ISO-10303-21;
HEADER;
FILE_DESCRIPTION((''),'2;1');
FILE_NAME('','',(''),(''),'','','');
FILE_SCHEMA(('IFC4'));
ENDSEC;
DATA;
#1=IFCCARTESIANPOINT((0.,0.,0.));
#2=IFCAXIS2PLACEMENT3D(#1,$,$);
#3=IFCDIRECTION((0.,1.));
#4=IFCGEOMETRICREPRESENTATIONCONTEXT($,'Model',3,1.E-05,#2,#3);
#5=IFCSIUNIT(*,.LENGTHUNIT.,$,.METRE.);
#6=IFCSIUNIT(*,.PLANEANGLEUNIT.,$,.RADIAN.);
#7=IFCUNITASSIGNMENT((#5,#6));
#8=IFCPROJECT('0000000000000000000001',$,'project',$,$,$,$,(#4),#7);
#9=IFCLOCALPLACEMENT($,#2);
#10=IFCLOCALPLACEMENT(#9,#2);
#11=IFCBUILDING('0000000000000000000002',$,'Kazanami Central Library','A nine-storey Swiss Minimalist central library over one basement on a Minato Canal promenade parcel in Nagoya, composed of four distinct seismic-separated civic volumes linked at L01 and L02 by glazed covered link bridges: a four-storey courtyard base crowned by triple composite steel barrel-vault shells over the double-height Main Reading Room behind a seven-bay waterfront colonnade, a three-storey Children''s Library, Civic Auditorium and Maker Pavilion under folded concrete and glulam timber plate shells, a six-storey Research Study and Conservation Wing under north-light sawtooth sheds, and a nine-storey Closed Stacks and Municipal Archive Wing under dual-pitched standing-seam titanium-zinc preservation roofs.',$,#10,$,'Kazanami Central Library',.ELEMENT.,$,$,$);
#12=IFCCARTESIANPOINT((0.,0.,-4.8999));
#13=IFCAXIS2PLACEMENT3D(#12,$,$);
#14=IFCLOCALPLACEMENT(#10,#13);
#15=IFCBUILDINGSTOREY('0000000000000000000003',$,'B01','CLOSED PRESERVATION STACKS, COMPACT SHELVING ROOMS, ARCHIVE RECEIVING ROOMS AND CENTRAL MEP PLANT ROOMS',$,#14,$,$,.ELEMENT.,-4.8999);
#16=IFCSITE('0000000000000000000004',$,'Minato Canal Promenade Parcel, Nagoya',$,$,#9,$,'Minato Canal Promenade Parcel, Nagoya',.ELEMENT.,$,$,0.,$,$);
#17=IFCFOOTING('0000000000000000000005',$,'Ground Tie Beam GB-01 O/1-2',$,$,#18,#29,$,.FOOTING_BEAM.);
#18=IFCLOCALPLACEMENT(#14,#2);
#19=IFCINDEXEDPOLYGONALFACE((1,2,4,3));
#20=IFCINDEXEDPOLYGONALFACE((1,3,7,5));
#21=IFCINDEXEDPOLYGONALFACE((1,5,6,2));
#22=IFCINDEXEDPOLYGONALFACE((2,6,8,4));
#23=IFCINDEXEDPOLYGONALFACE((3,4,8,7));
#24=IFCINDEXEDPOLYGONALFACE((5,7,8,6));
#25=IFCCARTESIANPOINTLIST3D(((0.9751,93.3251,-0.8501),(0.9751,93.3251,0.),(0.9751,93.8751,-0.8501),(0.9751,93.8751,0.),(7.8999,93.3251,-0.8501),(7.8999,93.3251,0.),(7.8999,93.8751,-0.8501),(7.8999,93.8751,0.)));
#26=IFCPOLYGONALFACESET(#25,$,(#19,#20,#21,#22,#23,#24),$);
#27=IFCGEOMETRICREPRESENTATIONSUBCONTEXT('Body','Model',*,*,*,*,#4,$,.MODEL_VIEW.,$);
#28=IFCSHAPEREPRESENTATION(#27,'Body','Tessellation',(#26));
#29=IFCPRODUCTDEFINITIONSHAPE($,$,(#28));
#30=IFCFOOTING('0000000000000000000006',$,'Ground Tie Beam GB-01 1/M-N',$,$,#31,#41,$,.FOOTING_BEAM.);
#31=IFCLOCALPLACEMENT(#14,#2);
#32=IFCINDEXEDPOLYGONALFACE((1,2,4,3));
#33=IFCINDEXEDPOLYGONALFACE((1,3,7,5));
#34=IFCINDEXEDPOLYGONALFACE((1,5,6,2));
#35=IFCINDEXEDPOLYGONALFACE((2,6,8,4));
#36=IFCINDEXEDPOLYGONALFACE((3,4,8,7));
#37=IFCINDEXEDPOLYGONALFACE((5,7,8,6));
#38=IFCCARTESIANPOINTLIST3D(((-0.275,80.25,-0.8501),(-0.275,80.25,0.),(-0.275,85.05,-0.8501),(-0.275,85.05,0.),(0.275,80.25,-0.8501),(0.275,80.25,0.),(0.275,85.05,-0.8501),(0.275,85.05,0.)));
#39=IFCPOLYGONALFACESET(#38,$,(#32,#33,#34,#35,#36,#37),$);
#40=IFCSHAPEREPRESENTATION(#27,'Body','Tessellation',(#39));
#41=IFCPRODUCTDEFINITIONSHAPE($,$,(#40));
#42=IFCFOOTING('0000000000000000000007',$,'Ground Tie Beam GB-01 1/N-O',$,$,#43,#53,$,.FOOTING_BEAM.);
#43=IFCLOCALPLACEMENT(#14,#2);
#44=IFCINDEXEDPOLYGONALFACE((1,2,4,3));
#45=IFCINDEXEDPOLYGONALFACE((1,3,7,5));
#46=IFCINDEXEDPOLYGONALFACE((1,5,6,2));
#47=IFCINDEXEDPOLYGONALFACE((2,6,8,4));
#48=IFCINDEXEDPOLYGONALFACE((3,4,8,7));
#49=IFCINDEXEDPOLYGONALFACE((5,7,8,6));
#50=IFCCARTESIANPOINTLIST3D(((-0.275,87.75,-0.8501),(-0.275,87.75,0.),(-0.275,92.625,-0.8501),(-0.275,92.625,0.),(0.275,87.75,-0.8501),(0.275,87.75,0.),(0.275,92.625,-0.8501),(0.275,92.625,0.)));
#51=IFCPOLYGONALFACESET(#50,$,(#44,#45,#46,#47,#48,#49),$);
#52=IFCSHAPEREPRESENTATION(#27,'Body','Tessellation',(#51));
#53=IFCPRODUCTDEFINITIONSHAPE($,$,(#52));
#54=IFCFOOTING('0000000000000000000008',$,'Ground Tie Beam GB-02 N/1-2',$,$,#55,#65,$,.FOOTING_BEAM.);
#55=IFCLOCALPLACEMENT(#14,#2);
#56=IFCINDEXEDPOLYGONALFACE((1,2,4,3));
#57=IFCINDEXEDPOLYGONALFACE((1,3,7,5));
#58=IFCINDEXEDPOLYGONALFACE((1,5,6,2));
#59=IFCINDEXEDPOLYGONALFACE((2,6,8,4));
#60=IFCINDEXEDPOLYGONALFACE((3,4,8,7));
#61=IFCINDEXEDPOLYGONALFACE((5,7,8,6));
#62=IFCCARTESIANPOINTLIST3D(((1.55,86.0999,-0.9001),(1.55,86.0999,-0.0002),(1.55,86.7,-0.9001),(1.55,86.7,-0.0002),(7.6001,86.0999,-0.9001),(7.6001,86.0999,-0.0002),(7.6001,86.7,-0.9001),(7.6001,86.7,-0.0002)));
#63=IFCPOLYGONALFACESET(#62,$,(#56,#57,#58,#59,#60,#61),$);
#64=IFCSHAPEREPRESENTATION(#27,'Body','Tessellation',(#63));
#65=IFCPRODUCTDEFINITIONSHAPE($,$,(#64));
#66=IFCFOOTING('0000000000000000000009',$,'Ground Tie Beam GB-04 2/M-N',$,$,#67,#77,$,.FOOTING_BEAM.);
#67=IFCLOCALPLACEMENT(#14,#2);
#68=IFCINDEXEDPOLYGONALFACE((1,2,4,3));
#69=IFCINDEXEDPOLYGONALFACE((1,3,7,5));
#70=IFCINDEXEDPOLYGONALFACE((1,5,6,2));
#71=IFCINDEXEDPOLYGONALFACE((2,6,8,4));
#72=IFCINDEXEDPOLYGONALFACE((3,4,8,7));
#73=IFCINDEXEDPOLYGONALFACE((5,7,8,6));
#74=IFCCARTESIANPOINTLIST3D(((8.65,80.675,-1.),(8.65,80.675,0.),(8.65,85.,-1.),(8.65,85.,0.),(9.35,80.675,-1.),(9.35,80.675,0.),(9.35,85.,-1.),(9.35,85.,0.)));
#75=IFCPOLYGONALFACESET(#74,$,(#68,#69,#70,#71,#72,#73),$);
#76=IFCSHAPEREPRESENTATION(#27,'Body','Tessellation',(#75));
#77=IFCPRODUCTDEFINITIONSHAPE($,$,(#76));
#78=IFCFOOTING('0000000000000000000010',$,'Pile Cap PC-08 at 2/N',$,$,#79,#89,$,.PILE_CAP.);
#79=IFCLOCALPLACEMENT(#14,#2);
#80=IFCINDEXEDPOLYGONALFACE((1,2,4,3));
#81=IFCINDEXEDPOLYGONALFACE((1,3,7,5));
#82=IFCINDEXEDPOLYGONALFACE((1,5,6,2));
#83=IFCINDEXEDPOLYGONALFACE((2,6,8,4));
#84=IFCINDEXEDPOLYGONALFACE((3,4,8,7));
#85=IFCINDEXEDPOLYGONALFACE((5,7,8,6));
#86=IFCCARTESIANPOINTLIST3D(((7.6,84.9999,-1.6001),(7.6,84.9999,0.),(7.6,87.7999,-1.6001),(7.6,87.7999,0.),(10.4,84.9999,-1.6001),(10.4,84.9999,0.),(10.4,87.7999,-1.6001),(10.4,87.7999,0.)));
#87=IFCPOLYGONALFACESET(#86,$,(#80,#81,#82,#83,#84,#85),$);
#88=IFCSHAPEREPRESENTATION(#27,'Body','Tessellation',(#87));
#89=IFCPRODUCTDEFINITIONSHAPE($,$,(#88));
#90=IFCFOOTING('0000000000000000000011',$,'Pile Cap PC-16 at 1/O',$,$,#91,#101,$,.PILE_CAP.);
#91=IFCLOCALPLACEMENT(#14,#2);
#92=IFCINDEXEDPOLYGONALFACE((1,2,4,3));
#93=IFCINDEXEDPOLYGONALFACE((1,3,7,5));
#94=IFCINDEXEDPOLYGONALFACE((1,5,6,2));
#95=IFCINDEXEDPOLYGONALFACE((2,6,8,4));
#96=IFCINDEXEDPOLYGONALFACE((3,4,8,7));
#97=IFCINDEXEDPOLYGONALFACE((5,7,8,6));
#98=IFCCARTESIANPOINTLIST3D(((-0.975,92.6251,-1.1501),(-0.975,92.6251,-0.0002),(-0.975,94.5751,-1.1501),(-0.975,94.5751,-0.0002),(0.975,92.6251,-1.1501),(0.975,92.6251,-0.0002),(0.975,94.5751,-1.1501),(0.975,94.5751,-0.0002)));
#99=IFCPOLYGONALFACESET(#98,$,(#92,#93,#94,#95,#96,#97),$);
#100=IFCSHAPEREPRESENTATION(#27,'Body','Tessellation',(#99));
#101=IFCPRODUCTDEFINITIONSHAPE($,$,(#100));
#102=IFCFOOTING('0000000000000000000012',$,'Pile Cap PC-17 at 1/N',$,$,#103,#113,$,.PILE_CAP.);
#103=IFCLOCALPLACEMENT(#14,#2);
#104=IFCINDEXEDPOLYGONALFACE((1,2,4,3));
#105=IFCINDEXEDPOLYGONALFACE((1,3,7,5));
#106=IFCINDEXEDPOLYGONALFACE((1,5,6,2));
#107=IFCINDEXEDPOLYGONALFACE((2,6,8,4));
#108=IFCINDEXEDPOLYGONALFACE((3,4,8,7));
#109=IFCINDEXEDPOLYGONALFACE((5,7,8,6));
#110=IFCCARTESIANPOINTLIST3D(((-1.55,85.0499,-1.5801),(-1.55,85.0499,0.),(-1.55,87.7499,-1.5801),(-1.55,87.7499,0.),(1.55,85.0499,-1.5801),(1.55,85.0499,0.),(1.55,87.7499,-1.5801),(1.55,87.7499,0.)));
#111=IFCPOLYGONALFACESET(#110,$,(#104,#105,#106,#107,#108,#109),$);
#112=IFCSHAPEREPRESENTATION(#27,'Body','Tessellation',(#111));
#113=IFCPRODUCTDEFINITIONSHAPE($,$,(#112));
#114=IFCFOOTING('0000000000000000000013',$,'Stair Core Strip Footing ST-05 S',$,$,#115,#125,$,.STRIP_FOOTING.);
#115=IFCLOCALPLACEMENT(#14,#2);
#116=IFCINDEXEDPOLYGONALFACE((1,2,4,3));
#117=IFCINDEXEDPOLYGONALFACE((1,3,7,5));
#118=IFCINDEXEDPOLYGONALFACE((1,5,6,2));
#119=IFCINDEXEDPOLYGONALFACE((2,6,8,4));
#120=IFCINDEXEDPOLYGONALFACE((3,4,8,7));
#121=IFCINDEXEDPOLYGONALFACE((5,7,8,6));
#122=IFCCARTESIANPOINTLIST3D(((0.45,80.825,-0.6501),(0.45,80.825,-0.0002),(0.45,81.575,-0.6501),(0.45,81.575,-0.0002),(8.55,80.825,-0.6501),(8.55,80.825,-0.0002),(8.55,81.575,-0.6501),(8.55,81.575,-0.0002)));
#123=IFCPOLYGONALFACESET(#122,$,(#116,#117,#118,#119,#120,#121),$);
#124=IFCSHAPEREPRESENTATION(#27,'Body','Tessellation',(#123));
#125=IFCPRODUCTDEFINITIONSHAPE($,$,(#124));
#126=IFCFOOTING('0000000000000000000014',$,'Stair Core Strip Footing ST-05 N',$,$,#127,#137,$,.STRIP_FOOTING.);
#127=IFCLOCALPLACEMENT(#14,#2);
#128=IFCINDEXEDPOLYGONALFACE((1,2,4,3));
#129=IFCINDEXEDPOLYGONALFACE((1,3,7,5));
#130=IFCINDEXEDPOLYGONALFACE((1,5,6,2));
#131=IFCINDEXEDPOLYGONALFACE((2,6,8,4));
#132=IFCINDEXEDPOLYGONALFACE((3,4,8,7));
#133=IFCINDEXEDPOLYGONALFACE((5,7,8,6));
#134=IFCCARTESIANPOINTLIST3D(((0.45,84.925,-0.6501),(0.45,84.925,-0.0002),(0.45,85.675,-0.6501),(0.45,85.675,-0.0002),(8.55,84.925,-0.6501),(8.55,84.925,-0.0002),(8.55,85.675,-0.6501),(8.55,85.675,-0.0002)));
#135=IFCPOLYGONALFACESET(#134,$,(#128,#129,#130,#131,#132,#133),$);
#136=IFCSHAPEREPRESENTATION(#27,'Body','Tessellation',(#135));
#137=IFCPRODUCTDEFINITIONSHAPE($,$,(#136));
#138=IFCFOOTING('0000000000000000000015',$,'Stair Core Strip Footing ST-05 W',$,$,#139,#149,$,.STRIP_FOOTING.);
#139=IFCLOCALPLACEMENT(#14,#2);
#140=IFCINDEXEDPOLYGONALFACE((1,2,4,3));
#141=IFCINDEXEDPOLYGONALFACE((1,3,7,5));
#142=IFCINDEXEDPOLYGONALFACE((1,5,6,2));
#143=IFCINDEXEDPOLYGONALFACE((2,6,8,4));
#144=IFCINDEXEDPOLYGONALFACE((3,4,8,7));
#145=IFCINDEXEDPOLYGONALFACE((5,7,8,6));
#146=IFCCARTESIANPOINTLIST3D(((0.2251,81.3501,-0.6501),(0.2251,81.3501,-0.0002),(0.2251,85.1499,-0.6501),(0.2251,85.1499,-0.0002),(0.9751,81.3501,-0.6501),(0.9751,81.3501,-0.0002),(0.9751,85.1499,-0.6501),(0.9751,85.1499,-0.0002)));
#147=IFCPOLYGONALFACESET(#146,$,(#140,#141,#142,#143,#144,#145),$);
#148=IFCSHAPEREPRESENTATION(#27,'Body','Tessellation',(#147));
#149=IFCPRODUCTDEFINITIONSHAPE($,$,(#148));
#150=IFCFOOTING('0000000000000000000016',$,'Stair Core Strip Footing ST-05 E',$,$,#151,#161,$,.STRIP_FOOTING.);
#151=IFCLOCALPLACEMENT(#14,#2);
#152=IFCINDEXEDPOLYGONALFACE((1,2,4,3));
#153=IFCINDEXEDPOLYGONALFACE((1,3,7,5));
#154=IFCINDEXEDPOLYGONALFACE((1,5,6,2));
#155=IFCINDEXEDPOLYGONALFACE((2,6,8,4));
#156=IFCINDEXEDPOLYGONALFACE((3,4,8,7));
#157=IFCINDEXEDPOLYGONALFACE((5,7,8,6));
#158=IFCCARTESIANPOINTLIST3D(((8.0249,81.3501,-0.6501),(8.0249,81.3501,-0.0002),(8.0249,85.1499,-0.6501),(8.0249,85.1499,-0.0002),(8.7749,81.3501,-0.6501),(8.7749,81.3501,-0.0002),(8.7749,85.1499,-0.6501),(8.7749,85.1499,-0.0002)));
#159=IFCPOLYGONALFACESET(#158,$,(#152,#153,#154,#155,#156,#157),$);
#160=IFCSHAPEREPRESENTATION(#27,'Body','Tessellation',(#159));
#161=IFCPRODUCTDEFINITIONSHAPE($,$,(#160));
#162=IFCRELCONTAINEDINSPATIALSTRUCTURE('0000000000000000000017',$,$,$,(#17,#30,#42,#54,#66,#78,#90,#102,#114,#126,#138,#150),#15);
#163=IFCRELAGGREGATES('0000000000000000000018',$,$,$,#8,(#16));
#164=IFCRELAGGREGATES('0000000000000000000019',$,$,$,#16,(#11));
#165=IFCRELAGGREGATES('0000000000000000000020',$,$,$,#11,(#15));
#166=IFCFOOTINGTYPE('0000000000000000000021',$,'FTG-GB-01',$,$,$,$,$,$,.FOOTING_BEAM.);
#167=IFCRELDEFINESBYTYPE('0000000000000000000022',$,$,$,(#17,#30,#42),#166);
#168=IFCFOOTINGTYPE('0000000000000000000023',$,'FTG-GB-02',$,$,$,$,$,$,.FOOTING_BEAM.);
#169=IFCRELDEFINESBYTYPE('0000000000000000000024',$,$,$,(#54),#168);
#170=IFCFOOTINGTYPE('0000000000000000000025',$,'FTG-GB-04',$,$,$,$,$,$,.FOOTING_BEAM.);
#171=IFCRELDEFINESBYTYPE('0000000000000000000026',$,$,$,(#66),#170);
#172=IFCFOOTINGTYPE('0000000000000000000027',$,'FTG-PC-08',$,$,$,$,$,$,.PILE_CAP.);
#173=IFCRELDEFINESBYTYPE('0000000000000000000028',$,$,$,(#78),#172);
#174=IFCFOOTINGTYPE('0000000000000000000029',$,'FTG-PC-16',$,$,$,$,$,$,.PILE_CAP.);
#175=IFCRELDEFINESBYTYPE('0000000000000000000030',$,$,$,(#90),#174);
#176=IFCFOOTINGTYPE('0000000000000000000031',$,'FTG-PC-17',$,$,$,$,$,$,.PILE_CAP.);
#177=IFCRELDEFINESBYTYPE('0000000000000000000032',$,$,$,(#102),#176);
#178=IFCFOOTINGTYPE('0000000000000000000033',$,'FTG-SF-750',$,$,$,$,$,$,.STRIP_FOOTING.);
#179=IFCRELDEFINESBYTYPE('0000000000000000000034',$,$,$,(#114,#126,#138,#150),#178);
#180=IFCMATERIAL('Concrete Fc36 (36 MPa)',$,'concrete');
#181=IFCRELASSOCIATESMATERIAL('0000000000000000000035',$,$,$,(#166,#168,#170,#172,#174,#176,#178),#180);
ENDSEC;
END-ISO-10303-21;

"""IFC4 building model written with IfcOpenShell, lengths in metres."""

from ifc_helpers import new_model, si_unit, direction, frame, origin, origin_2d, place, context, subcontext, project, spatial, rectangle, extrude, material, material_profile, profile_set, type_object, element, save


model = new_model("IFC4")

# Units and contexts
model_context = context("Model", 3, precision=1e-05, world=origin(), true_north=direction((0.0, 1.0)))
body_context = subcontext(model_context, "Body", "Model", "MODEL_VIEW")
ifc_project = project(units=[si_unit("LENGTHUNIT", "METRE"), si_unit("PLANEANGLEUNIT", "RADIAN")], contexts=[model_context])

# Site, building, storey
site_placement = place(None, origin())
site = spatial("IfcSite", under=ifc_project, at=site_placement, Name="Minato Canal Promenade Parcel, Nagoya", LongName="Minato Canal Promenade Parcel, Nagoya", CompositionType="ELEMENT", RefElevation=0.0)
building_placement = place(site_placement, origin())
building = spatial("IfcBuilding", under=site, at=building_placement, Name="Kazanami Central Library", Description="A nine-storey Swiss Minimalist central library over one basement on a Minato Canal promenade parcel in Nagoya, composed of four distinct seismic-separated civic volumes linked at L01 and L02 by glazed covered link bridges: a four-storey courtyard base crowned by triple composite steel barrel-vault shells over the double-height Main Reading Room behind a seven-bay waterfront colonnade, a three-storey Children's Library, Civic Auditorium and Maker Pavilion under folded concrete and glulam timber plate shells, a six-storey Research Study and Conservation Wing under north-light sawtooth sheds, and a nine-storey Closed Stacks and Municipal Archive Wing under dual-pitched standing-seam titanium-zinc preservation roofs.", LongName="Kazanami Central Library", CompositionType="ELEMENT")
storey_placement = place(building_placement, frame((0.0, 0.0, -4.8999)))
storey = spatial("IfcBuildingStorey", under=building, at=storey_placement, Name="B01", Description="CLOSED PRESERVATION STACKS, COMPACT SHELVING ROOMS, ARCHIVE RECEIVING ROOMS AND CENTRAL MEP PLANT ROOMS", CompositionType="ELEMENT", Elevation=-4.8999)

# Footings
ifc_material_1 = material(Name="Concrete Fc36 (36 MPa)", Category="concrete")
ifc_material_profile_1 = material_profile(ifc_material_1, rectangle(XDim=0.55, YDim=0.8501, at=origin_2d()), Name="RC-550x850")
ifc_profile_set_1 = profile_set([ifc_material_profile_1], Name="Concrete Fc36 (36 MPa)")
footing_type_1 = type_object("IfcFootingType", Name="FTG-GB-01", PredefinedType="FOOTING_BEAM", material=ifc_profile_set_1)
footing_1_placement = place(storey_placement, frame((0.9751, 93.6001, -0.425), z_axis=(1.0, 0.0, 0.0), x_axis=(0.0, 1.0, 0.0)))
element("IfcFooting", 1, at=footing_1_placement, inside=storey, type_object=footing_type_1, Name="Ground Tie Beam GB-01 O/1-2", PredefinedType="FOOTING_BEAM", context=body_context, shape_type="SweptSolid", body=[
    extrude(rectangle(XDim=0.55, YDim=0.8501, at=origin_2d()), origin(), (0.0, 0.0, 1.0), 6.9248),
])
footing_2_placement = place(storey_placement, frame((0.0, 80.25, -0.425), z_axis=(0.0, 1.0, 0.0), x_axis=(-1.0, 0.0, 0.0)))
element("IfcFooting", 2, at=footing_2_placement, inside=storey, type_object=footing_type_1, Name="Ground Tie Beam GB-01 1/M-N", PredefinedType="FOOTING_BEAM", context=body_context, shape_type="SweptSolid", body=[
    extrude(rectangle(XDim=0.55, YDim=0.8501, at=origin_2d()), origin(), (0.0, 0.0, 1.0), 4.8),
])
footing_3_placement = place(storey_placement, frame((0.0, 87.75, -0.425), z_axis=(0.0, 1.0, 0.0), x_axis=(-1.0, 0.0, 0.0)))
element("IfcFooting", 3, at=footing_3_placement, inside=storey, type_object=footing_type_1, Name="Ground Tie Beam GB-01 1/N-O", PredefinedType="FOOTING_BEAM", context=body_context, shape_type="SweptSolid", body=[
    extrude(rectangle(XDim=0.55, YDim=0.8501, at=origin_2d()), origin(), (0.0, 0.0, 1.0), 4.875),
])
ifc_material_profile_2 = material_profile(ifc_material_1, rectangle(XDim=0.6001, YDim=0.8999, at=origin_2d()), Name="RC-600x900")
ifc_profile_set_2 = profile_set([ifc_material_profile_2], Name="Concrete Fc36 (36 MPa)")
footing_type_2 = type_object("IfcFootingType", Name="FTG-GB-02", PredefinedType="FOOTING_BEAM", material=ifc_profile_set_2)
footing_4_placement = place(storey_placement, frame((1.55, 86.3999, -0.4502), z_axis=(1.0, 0.0, 0.0), x_axis=(0.0, 1.0, 0.0)))
element("IfcFooting", 4, at=footing_4_placement, inside=storey, type_object=footing_type_2, Name="Ground Tie Beam GB-02 N/1-2", PredefinedType="FOOTING_BEAM", context=body_context, shape_type="SweptSolid", body=[
    extrude(rectangle(XDim=0.6001, YDim=0.8999, at=origin_2d()), origin(), (0.0, 0.0, 1.0), 6.05),
])
ifc_material_profile_3 = material_profile(ifc_material_1, rectangle(XDim=0.7, YDim=1.0, at=origin_2d()), Name="RC-700x1000")
ifc_profile_set_3 = profile_set([ifc_material_profile_3], Name="Concrete Fc36 (36 MPa)")
footing_type_3 = type_object("IfcFootingType", Name="FTG-GB-04", PredefinedType="FOOTING_BEAM", material=ifc_profile_set_3)
footing_5_placement = place(storey_placement, frame((9.0, 80.675, -0.5), z_axis=(0.0, 1.0, 0.0), x_axis=(-1.0, 0.0, 0.0)))
element("IfcFooting", 5, at=footing_5_placement, inside=storey, type_object=footing_type_3, Name="Ground Tie Beam GB-04 2/M-N", PredefinedType="FOOTING_BEAM", context=body_context, shape_type="SweptSolid", body=[
    extrude(rectangle(XDim=0.7, YDim=1.0, at=origin_2d()), origin(), (0.0, 0.0, 1.0), 4.325),
])
footing_type_4 = type_object("IfcFootingType", Name="FTG-PC-08", PredefinedType="PILE_CAP", material=ifc_material_1)
footing_6_placement = place(storey_placement, frame((9.0, 86.3999, -1.6001), z_axis=(0.0, 0.0, 1.0), x_axis=(1.0, 0.0, 0.0)))
element("IfcFooting", 6, at=footing_6_placement, inside=storey, type_object=footing_type_4, Name="Pile Cap PC-08 at 2/N", PredefinedType="PILE_CAP", context=body_context, shape_type="SweptSolid", body=[
    extrude(rectangle(XDim=2.8, YDim=2.8, at=origin_2d()), origin(), (0.0, 0.0, 1.0), 1.6001),
])
footing_type_5 = type_object("IfcFootingType", Name="FTG-PC-16", PredefinedType="PILE_CAP", material=ifc_material_1)
footing_7_placement = place(storey_placement, frame((0.0, 93.6001, -1.1501), z_axis=(0.0, 0.0, 1.0), x_axis=(1.0, 0.0, 0.0)))
element("IfcFooting", 7, at=footing_7_placement, inside=storey, type_object=footing_type_5, Name="Pile Cap PC-16 at 1/O", PredefinedType="PILE_CAP", context=body_context, shape_type="SweptSolid", body=[
    extrude(rectangle(XDim=1.95, YDim=1.95, at=origin_2d()), origin(), (0.0, 0.0, 1.0), 1.1499),
])
footing_type_6 = type_object("IfcFootingType", Name="FTG-PC-17", PredefinedType="PILE_CAP", material=ifc_material_1)
footing_8_placement = place(storey_placement, frame((0.0, 86.3999, -1.5801), z_axis=(0.0, 0.0, 1.0), x_axis=(1.0, 0.0, 0.0)))
element("IfcFooting", 8, at=footing_8_placement, inside=storey, type_object=footing_type_6, Name="Pile Cap PC-17 at 1/N", PredefinedType="PILE_CAP", context=body_context, shape_type="SweptSolid", body=[
    extrude(rectangle(XDim=3.1001, YDim=2.7, at=origin_2d()), origin(), (0.0, 0.0, 1.0), 1.5801),
])
ifc_material_profile_4 = material_profile(ifc_material_1, rectangle(XDim=0.75, YDim=0.6499, at=origin_2d()), Name="RC-750x650")
ifc_profile_set_4 = profile_set([ifc_material_profile_4], Name="Concrete Fc36 (36 MPa)")
footing_type_7 = type_object("IfcFootingType", Name="FTG-SF-750", PredefinedType="STRIP_FOOTING", material=ifc_profile_set_4)
for number, where, z_axis, x_axis, name in (
    (9, (0.45, 81.2, -0.3252), (1.0, 0.0, 0.0), (0.0, 1.0, 0.0), "Stair Core Strip Footing ST-05 S"),
    (10, (0.45, 85.3, -0.3252), (1.0, 0.0, 0.0), (0.0, 1.0, 0.0), "Stair Core Strip Footing ST-05 N"),
):
    element("IfcFooting", number, at=place(storey_placement, frame(where, z_axis=z_axis, x_axis=x_axis)), inside=storey, type_object=footing_type_7, Name=name, PredefinedType="STRIP_FOOTING", context=body_context, shape_type="SweptSolid", body=[
        extrude(rectangle(XDim=0.75, YDim=0.6499, at=origin_2d()), origin(), (0.0, 0.0, 1.0), 8.1001),
    ])
for number, where, z_axis, x_axis, name in (
    (11, (0.6001, 81.3501, -0.3252), (0.0, 1.0, 0.0), (-1.0, 0.0, 0.0), "Stair Core Strip Footing ST-05 W"),
    (12, (8.3999, 81.3501, -0.3252), (0.0, 1.0, 0.0), (-1.0, 0.0, 0.0), "Stair Core Strip Footing ST-05 E"),
):
    element("IfcFooting", number, at=place(storey_placement, frame(where, z_axis=z_axis, x_axis=x_axis)), inside=storey, type_object=footing_type_7, Name=name, PredefinedType="STRIP_FOOTING", context=body_context, shape_type="SweptSolid", body=[
        extrude(rectangle(XDim=0.75, YDim=0.6499, at=origin_2d()), origin(), (0.0, 0.0, 1.0), 3.7998),
    ])

save(model, "model.ifc")
